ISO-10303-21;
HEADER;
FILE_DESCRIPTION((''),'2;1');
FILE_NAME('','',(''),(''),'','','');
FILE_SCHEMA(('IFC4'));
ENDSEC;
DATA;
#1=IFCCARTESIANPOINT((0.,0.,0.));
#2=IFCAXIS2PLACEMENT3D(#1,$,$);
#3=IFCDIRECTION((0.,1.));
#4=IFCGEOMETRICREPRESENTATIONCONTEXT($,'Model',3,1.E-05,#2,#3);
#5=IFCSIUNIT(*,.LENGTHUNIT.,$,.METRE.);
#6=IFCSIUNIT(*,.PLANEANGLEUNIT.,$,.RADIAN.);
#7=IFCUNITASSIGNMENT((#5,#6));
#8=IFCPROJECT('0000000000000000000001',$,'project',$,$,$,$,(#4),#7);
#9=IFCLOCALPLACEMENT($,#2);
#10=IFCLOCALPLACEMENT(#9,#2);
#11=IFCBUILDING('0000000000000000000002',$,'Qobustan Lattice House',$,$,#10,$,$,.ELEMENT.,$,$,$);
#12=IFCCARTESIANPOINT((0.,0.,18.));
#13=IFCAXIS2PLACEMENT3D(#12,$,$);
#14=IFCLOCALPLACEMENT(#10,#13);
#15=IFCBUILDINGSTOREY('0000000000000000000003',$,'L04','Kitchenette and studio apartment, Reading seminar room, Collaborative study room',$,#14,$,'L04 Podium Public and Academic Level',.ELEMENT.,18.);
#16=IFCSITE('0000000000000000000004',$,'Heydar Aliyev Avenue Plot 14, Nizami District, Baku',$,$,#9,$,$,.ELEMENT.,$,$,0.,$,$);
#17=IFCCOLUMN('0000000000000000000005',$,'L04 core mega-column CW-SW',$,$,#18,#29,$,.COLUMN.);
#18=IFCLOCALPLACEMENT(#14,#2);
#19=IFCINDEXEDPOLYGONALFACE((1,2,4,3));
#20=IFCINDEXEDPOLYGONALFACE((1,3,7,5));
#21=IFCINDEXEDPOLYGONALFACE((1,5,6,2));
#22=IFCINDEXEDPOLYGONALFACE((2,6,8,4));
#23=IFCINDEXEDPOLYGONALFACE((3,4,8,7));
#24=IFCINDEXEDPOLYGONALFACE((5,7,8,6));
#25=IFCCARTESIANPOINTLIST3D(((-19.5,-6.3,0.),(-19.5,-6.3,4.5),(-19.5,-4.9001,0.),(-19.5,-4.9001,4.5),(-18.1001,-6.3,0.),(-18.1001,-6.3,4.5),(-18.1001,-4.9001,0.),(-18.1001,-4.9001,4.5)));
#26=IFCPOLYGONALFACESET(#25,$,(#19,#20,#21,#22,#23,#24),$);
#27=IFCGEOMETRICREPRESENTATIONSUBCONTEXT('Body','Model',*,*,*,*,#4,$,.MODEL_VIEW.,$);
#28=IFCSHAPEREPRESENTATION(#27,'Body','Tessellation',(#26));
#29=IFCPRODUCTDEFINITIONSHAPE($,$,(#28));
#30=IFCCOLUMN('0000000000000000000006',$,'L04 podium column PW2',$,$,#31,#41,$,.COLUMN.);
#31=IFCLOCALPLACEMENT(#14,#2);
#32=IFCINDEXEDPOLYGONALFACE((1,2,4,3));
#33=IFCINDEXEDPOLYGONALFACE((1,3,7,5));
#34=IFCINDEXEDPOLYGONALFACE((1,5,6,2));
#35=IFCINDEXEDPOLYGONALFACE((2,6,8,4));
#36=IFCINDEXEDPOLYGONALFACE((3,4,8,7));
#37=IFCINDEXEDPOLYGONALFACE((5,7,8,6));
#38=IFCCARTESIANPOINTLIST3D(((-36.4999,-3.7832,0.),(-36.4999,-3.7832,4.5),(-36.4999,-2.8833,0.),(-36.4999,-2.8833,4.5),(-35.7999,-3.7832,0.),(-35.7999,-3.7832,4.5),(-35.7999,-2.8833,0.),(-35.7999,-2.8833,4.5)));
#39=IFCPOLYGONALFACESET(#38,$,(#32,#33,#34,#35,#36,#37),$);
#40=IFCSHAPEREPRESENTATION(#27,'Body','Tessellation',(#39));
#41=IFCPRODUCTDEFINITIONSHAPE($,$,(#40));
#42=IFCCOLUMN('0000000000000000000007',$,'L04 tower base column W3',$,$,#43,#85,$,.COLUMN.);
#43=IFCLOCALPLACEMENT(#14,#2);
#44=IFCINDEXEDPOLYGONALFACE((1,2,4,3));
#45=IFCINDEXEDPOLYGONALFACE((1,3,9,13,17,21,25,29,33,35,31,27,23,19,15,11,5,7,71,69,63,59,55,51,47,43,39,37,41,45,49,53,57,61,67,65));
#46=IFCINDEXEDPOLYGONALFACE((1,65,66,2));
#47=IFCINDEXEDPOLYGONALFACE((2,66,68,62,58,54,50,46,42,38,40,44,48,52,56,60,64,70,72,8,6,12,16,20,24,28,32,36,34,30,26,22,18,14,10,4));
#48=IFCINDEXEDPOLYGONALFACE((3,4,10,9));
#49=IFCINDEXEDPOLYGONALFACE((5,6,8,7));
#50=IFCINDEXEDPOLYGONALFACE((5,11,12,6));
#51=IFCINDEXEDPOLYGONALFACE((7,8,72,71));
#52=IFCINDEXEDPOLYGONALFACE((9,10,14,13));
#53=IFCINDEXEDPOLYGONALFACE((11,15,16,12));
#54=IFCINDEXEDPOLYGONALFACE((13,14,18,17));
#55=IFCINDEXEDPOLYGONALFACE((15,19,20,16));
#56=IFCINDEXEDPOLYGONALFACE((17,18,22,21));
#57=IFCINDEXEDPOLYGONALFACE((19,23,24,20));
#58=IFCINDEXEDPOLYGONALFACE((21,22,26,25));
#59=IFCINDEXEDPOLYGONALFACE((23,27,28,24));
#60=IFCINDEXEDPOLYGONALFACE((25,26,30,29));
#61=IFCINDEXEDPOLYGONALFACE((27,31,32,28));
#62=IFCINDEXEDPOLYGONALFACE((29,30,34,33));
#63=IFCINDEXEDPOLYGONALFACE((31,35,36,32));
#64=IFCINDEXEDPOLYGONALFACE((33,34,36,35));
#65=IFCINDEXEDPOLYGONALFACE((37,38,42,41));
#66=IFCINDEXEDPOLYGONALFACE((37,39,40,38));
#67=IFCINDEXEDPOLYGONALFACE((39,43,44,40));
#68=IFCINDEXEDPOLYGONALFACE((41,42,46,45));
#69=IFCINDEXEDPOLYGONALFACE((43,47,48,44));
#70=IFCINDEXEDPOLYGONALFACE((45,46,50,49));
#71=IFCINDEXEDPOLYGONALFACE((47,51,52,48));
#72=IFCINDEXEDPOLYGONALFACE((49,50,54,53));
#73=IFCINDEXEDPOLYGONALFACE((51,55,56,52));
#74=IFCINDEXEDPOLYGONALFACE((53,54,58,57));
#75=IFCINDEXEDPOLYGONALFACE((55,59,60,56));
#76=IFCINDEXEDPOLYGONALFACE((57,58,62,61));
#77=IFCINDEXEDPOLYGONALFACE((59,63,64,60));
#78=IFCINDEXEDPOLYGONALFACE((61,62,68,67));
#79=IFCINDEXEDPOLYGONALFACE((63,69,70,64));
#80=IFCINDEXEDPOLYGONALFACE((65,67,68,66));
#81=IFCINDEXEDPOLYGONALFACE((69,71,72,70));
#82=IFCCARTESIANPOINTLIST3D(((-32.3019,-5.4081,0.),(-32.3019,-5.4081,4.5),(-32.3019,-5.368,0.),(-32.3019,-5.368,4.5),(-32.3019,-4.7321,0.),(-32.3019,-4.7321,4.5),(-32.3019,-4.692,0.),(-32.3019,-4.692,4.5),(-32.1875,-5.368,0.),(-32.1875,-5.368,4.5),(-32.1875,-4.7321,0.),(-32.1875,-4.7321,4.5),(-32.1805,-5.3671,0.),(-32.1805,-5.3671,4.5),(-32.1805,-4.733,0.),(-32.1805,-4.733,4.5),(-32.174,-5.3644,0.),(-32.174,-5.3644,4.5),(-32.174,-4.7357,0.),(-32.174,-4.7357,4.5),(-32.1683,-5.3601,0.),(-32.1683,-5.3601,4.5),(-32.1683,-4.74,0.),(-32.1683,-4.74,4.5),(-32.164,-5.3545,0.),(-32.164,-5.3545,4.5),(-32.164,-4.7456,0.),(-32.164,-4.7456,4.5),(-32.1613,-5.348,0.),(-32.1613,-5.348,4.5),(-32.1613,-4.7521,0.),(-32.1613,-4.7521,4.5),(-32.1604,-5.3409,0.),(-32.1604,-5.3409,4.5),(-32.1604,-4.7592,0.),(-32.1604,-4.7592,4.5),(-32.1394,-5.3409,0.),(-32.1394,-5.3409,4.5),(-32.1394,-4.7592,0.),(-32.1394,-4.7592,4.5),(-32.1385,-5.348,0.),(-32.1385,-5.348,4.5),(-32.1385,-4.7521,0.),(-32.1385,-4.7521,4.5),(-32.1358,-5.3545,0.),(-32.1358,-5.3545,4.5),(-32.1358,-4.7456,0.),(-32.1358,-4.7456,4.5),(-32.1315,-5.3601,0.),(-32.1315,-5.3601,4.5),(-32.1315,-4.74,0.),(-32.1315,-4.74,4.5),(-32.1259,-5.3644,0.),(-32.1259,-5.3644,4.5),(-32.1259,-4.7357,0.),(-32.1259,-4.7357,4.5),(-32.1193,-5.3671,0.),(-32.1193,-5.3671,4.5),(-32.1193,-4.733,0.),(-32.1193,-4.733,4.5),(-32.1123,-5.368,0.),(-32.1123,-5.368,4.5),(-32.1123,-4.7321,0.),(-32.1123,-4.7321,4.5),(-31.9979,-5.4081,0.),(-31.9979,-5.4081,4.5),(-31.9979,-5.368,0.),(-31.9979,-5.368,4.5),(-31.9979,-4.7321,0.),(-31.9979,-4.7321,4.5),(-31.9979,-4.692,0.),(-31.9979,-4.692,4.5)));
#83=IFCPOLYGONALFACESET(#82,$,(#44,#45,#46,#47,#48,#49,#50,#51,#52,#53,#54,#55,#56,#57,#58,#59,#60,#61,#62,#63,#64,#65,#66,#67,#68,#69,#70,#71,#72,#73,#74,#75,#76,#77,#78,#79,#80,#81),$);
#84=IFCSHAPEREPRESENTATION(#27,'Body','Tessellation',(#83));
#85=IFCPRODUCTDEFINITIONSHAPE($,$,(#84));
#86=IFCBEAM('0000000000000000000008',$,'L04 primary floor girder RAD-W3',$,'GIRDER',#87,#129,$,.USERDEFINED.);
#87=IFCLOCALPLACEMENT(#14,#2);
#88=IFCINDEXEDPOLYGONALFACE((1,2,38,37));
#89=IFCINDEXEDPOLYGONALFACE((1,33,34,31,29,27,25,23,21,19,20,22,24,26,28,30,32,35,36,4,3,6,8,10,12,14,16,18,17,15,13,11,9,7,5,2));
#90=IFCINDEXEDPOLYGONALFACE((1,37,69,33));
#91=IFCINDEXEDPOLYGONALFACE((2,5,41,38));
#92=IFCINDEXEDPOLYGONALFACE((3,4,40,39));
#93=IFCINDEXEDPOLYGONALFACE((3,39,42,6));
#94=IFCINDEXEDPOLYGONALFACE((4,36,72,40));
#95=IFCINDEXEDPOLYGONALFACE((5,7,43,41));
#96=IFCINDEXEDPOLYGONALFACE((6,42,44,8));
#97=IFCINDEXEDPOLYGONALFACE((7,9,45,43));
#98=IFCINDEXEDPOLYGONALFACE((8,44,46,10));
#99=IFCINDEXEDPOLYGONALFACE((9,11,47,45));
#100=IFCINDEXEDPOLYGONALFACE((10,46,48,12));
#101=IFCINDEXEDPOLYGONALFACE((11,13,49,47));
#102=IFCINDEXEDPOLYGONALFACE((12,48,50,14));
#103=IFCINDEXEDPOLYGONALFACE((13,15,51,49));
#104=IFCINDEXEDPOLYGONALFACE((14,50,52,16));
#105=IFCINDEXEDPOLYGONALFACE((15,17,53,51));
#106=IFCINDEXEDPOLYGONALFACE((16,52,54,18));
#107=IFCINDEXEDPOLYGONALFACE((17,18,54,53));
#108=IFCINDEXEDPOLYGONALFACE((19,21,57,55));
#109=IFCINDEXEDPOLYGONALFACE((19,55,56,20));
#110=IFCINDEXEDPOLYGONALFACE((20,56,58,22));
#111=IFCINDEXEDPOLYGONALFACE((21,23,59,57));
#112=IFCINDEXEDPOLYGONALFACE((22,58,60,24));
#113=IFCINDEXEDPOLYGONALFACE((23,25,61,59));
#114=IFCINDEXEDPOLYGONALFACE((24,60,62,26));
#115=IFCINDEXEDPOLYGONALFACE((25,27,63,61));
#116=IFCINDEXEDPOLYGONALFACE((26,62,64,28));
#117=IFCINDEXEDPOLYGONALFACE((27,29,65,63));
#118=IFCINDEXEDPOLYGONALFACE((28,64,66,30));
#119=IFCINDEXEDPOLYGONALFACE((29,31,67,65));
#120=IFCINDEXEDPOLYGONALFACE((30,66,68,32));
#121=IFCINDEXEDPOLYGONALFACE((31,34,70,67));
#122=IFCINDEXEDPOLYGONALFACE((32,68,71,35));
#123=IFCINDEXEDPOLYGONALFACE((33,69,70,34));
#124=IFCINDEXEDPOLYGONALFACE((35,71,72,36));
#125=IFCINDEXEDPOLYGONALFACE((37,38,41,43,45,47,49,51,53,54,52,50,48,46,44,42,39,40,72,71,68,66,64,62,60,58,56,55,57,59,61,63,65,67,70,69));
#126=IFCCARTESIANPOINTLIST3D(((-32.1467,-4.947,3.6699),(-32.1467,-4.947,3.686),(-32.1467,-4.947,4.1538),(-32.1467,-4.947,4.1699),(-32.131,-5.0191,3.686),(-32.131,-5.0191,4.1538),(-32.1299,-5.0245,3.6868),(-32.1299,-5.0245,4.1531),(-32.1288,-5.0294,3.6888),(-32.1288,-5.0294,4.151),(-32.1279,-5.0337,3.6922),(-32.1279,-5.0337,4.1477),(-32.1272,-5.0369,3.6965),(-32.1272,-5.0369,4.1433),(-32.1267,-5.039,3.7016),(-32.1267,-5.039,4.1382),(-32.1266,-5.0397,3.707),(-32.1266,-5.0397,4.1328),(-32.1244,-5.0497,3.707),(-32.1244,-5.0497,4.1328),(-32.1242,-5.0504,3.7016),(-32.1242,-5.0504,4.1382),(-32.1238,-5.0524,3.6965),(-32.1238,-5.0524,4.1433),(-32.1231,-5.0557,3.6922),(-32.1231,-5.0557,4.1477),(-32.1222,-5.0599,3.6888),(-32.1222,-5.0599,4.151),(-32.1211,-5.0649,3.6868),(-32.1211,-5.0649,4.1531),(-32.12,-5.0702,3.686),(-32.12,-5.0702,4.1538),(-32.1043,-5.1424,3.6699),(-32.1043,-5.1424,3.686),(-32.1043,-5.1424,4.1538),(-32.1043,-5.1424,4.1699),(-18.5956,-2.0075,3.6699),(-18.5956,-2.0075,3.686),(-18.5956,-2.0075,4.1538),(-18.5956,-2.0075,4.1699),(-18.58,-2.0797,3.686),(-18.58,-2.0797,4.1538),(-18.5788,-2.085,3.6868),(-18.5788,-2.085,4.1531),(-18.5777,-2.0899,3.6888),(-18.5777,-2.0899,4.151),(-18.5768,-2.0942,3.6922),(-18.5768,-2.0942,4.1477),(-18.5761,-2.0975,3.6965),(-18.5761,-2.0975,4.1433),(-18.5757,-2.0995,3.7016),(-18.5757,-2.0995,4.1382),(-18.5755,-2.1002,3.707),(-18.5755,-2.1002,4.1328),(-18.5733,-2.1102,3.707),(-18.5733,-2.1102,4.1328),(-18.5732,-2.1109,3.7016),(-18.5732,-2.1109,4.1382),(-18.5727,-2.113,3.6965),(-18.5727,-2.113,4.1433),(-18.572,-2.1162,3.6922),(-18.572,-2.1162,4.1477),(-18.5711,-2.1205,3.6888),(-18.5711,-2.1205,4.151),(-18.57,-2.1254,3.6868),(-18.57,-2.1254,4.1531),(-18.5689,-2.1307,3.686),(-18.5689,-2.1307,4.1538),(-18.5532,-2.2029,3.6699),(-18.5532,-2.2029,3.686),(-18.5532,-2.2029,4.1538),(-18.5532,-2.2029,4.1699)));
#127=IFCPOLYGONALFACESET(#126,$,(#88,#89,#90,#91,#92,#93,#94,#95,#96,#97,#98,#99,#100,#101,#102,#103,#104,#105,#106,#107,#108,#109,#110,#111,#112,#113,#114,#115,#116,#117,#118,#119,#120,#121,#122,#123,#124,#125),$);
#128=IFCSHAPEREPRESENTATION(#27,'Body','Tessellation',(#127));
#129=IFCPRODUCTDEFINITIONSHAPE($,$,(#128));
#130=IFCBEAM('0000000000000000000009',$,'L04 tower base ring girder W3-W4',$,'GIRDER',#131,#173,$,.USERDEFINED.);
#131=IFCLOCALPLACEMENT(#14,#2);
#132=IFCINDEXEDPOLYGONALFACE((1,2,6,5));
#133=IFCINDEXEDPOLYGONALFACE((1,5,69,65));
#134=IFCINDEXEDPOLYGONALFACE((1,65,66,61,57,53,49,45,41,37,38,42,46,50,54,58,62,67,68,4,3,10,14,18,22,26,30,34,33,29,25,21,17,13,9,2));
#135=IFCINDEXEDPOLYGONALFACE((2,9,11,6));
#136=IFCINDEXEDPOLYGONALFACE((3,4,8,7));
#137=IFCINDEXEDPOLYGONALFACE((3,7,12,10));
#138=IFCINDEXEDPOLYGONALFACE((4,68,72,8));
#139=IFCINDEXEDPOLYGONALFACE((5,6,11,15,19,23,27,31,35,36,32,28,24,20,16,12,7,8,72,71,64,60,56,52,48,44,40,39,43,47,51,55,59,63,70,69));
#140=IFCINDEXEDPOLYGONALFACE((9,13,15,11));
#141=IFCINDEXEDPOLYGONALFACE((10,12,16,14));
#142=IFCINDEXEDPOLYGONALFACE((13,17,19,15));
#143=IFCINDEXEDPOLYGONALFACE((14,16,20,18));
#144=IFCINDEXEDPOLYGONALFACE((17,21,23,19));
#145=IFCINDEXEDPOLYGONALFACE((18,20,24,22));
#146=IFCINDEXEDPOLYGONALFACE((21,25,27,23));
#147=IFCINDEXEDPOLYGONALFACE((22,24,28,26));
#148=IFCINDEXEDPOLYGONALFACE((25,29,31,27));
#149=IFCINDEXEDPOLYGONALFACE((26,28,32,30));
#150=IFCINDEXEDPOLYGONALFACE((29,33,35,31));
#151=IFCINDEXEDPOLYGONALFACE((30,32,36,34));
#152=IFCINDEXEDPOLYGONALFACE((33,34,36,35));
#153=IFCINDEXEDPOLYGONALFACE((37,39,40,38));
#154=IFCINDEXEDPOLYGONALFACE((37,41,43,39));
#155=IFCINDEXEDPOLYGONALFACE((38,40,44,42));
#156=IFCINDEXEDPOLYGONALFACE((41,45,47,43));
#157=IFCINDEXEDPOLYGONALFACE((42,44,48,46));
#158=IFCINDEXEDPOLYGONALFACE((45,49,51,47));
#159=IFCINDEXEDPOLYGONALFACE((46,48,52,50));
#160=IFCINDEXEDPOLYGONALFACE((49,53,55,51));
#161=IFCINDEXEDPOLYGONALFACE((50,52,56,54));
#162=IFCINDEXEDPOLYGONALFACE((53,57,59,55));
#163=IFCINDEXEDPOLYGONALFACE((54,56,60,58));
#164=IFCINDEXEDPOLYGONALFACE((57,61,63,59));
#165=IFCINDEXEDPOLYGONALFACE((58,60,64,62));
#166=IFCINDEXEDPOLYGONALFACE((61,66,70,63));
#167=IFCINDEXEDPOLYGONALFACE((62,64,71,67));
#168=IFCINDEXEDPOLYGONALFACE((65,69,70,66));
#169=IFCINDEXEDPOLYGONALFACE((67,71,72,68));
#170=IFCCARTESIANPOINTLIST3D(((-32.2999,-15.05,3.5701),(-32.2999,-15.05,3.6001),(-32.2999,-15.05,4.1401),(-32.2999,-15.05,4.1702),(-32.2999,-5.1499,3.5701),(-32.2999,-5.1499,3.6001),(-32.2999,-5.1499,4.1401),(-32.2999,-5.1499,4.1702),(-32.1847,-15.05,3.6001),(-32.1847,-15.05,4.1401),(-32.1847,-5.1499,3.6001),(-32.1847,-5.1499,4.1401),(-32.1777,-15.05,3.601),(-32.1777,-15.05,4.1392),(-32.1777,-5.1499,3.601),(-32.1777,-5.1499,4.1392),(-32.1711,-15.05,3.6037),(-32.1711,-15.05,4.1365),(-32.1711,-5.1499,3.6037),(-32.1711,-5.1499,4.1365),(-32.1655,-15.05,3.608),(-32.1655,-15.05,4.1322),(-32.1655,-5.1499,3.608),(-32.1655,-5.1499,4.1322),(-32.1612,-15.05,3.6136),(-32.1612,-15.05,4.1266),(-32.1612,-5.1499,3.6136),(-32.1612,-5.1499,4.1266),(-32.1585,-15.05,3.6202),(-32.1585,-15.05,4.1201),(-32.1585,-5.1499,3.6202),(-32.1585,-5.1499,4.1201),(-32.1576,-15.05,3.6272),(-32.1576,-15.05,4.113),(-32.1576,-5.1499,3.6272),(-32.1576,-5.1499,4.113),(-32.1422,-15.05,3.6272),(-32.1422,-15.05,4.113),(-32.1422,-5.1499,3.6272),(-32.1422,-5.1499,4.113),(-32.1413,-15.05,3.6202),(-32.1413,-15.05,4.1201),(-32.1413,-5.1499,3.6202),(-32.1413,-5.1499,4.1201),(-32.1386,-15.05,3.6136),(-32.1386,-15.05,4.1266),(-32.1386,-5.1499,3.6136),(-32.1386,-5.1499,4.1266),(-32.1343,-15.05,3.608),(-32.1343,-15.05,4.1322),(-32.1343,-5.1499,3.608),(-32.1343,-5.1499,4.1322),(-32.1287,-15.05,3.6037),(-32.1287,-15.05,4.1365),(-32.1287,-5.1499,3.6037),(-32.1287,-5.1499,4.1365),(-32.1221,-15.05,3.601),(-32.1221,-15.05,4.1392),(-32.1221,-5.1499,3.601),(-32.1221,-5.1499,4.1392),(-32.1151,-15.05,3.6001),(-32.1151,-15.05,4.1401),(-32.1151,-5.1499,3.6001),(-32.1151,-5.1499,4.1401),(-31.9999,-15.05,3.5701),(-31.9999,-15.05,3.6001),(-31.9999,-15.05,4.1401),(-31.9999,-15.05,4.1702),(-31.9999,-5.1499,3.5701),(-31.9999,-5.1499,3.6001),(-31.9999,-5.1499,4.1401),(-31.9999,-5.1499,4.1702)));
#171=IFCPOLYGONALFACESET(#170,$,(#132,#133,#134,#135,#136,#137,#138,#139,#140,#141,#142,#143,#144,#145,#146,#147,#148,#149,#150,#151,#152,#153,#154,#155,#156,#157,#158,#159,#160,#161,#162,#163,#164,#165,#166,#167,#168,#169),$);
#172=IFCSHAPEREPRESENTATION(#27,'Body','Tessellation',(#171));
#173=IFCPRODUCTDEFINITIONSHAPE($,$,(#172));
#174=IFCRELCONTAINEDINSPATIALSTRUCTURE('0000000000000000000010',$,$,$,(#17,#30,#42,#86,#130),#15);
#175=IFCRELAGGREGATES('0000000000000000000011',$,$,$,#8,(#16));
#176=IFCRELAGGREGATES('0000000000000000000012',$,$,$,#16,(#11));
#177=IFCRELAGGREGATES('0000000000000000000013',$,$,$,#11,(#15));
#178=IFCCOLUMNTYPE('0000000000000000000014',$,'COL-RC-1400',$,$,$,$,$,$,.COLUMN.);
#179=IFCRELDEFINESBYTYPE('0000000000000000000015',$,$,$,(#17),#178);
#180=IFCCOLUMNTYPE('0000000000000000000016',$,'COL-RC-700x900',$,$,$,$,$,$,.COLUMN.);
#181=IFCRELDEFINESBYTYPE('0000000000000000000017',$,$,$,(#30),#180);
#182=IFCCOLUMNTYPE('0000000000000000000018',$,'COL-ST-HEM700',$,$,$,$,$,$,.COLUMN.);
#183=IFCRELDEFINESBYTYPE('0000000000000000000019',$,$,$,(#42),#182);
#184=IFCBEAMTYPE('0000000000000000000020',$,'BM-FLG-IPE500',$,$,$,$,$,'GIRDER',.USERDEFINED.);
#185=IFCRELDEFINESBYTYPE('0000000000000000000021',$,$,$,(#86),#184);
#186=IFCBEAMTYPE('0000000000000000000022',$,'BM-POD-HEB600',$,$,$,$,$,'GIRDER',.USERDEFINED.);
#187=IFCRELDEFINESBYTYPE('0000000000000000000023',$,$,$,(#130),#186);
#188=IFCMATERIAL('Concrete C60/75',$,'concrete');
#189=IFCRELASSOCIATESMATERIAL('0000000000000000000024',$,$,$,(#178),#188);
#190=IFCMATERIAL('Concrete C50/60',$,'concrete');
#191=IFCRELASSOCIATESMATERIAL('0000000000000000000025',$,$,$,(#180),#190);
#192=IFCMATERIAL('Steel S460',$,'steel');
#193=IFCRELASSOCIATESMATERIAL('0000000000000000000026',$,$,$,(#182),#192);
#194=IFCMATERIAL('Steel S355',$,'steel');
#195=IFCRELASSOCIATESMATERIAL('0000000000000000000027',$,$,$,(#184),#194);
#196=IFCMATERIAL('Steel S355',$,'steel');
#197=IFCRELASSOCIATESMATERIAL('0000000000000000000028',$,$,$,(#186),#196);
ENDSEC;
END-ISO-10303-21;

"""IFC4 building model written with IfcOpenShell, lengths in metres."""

from ifc_helpers import new_model, si_unit, direction, frame, origin, origin_2d, place, context, subcontext, project, spatial, rectangle, i_section, extrude, material, material_profile, profile_set, type_object, element, save


model = new_model("IFC4")

# Units and contexts
model_context = context("Model", 3, precision=1e-05, world=origin(), true_north=direction((0.0, 1.0)))
body_context = subcontext(model_context, "Body", "Model", "MODEL_VIEW")
ifc_project = project(units=[si_unit("LENGTHUNIT", "METRE"), si_unit("PLANEANGLEUNIT", "RADIAN")], contexts=[model_context])

# Site, building, storey
site_placement = place(None, origin())
site = spatial("IfcSite", under=ifc_project, at=site_placement, Name="Heydar Aliyev Avenue Plot 14, Nizami District, Baku", CompositionType="ELEMENT", RefElevation=0.0)
building_placement = place(site_placement, origin())
building = spatial("IfcBuilding", under=site, at=building_placement, Name="Qobustan Lattice House", CompositionType="ELEMENT")
storey_placement = place(building_placement, frame((0.0, 0.0, 18.0)))
storey = spatial("IfcBuildingStorey", under=building, at=storey_placement, Name="L04", Description="Kitchenette and studio apartment, Reading seminar room, Collaborative study room", LongName="L04 Podium Public and Academic Level", CompositionType="ELEMENT", Elevation=18.0)

# Columns
ifc_material_1 = material(Name="Concrete C60/75", Category="concrete")
ifc_material_profile_1 = material_profile(ifc_material_1, rectangle(XDim=1.3999, YDim=1.3999, at=origin_2d()), Name="RC1400x1400")
ifc_profile_set_1 = profile_set([ifc_material_profile_1], Name="Concrete C60/75")
column_type_1 = type_object("IfcColumnType", Name="COL-RC-1400", PredefinedType="COLUMN", material=ifc_profile_set_1)
column_1_placement = place(storey_placement, frame((-18.8, -5.6001, 0.0), z_axis=(0.0, 0.0, 1.0), x_axis=(1.0, 0.0, 0.0)))
element("IfcColumn", 1, at=column_1_placement, inside=storey, type_object=column_type_1, Name="L04 core mega-column CW-SW", PredefinedType="COLUMN", context=body_context, shape_type="SweptSolid", body=[
    extrude(rectangle(XDim=1.3999, YDim=1.3999, at=origin_2d()), origin(), (0.0, 0.0, 1.0), 4.5),
])
ifc_material_2 = material(Name="Concrete C50/60", Category="concrete")
ifc_material_profile_2 = material_profile(ifc_material_2, rectangle(XDim=0.7, YDim=0.8999, at=origin_2d()), Name="RC700x900")
ifc_profile_set_2 = profile_set([ifc_material_profile_2], Name="Concrete C50/60")
column_type_2 = type_object("IfcColumnType", Name="COL-RC-700x900", PredefinedType="COLUMN", material=ifc_profile_set_2)
column_2_placement = place(storey_placement, frame((-36.1499, -3.3333, 0.0), z_axis=(0.0, 0.0, 1.0), x_axis=(1.0, 0.0, 0.0)))
element("IfcColumn", 2, at=column_2_placement, inside=storey, type_object=column_type_2, Name="L04 podium column PW2", PredefinedType="COLUMN", context=body_context, shape_type="SweptSolid", body=[
    extrude(rectangle(XDim=0.7, YDim=0.8999, at=origin_2d()), origin(), (0.0, 0.0, 1.0), 4.5),
])
ifc_material_3 = material(Name="Steel S460", Category="steel")
ifc_material_profile_3 = material_profile(ifc_material_3, i_section(OverallWidth=0.304, OverallDepth=0.7161, WebThickness=0.021, FlangeThickness=0.04, FilletRadius=0.0271, at=origin_2d()), Name="HEM700")
ifc_profile_set_3 = profile_set([ifc_material_profile_3], Name="Steel S460")
column_type_3 = type_object("IfcColumnType", Name="COL-ST-HEM700", PredefinedType="COLUMN", material=ifc_profile_set_3)
column_3_placement = place(storey_placement, frame((-32.1499, -5.05, 0.0), z_axis=(0.0, 0.0, 1.0), x_axis=(1.0, 0.0, 0.0)))
element("IfcColumn", 3, at=column_3_placement, inside=storey, type_object=column_type_3, Name="L04 tower base column W3", PredefinedType="COLUMN", context=body_context, shape_type="SweptSolid", body=[
    extrude(i_section(OverallWidth=0.304, OverallDepth=0.7161, WebThickness=0.021, FlangeThickness=0.04, FilletRadius=0.0271, at=origin_2d()), origin(), (0.0, 0.0, 1.0), 4.5),
])

# Beams
ifc_material_4 = material(Name="Steel S355", Category="steel")
ifc_material_profile_4 = material_profile(ifc_material_4, i_section(OverallWidth=0.2, OverallDepth=0.5, WebThickness=0.0103, FlangeThickness=0.0161, FilletRadius=0.021, at=origin_2d()), Name="IPE500")
ifc_profile_set_4 = profile_set([ifc_material_profile_4], Name="Steel S355")
beam_type_1 = type_object("IfcBeamType", Name="BM-FLG-IPE500", ElementType="GIRDER", PredefinedType="USERDEFINED", material=ifc_profile_set_4)
beam_1_placement = place(storey_placement, frame((-32.1255, -5.0447, 3.9199), z_axis=(0.977272, 0.211987, 0.0), x_axis=(-0.211987, 0.977272, 0.0)))
element("IfcBeam", 4, at=beam_1_placement, inside=storey, type_object=beam_type_1, Name="L04 primary floor girder RAD-W3", ObjectType="GIRDER", PredefinedType="USERDEFINED", context=body_context, shape_type="SweptSolid", body=[
    extrude(i_section(OverallWidth=0.2, OverallDepth=0.5, WebThickness=0.0103, FlangeThickness=0.0161, FilletRadius=0.021, at=origin_2d()), origin(), (0.0, 0.0, 1.0), 13.8662),
])
ifc_material_5 = material(Name="Steel S355", Category="steel")
ifc_material_profile_5 = material_profile(ifc_material_5, i_section(OverallWidth=0.3, OverallDepth=0.6001, WebThickness=0.0154, FlangeThickness=0.03, FilletRadius=0.0271, at=origin_2d()), Name="HEB600")
ifc_profile_set_5 = profile_set([ifc_material_profile_5], Name="Steel S355")
beam_type_2 = type_object("IfcBeamType", Name="BM-POD-HEB600", ElementType="GIRDER", PredefinedType="USERDEFINED", material=ifc_profile_set_5)
beam_2_placement = place(storey_placement, frame((-32.1499, -5.1499, 3.8701), z_axis=(0.0, -1.0, 0.0), x_axis=(1.0, 0.0, 0.0)))
element("IfcBeam", 5, at=beam_2_placement, inside=storey, type_object=beam_type_2, Name="L04 tower base ring girder W3-W4", ObjectType="GIRDER", PredefinedType="USERDEFINED", context=body_context, shape_type="SweptSolid", body=[
    extrude(i_section(OverallWidth=0.3, OverallDepth=0.6001, WebThickness=0.0154, FlangeThickness=0.03, FilletRadius=0.0271, at=origin_2d()), origin(), (0.0, 0.0, 1.0), 9.9001),
])

save(model, "model.ifc")
